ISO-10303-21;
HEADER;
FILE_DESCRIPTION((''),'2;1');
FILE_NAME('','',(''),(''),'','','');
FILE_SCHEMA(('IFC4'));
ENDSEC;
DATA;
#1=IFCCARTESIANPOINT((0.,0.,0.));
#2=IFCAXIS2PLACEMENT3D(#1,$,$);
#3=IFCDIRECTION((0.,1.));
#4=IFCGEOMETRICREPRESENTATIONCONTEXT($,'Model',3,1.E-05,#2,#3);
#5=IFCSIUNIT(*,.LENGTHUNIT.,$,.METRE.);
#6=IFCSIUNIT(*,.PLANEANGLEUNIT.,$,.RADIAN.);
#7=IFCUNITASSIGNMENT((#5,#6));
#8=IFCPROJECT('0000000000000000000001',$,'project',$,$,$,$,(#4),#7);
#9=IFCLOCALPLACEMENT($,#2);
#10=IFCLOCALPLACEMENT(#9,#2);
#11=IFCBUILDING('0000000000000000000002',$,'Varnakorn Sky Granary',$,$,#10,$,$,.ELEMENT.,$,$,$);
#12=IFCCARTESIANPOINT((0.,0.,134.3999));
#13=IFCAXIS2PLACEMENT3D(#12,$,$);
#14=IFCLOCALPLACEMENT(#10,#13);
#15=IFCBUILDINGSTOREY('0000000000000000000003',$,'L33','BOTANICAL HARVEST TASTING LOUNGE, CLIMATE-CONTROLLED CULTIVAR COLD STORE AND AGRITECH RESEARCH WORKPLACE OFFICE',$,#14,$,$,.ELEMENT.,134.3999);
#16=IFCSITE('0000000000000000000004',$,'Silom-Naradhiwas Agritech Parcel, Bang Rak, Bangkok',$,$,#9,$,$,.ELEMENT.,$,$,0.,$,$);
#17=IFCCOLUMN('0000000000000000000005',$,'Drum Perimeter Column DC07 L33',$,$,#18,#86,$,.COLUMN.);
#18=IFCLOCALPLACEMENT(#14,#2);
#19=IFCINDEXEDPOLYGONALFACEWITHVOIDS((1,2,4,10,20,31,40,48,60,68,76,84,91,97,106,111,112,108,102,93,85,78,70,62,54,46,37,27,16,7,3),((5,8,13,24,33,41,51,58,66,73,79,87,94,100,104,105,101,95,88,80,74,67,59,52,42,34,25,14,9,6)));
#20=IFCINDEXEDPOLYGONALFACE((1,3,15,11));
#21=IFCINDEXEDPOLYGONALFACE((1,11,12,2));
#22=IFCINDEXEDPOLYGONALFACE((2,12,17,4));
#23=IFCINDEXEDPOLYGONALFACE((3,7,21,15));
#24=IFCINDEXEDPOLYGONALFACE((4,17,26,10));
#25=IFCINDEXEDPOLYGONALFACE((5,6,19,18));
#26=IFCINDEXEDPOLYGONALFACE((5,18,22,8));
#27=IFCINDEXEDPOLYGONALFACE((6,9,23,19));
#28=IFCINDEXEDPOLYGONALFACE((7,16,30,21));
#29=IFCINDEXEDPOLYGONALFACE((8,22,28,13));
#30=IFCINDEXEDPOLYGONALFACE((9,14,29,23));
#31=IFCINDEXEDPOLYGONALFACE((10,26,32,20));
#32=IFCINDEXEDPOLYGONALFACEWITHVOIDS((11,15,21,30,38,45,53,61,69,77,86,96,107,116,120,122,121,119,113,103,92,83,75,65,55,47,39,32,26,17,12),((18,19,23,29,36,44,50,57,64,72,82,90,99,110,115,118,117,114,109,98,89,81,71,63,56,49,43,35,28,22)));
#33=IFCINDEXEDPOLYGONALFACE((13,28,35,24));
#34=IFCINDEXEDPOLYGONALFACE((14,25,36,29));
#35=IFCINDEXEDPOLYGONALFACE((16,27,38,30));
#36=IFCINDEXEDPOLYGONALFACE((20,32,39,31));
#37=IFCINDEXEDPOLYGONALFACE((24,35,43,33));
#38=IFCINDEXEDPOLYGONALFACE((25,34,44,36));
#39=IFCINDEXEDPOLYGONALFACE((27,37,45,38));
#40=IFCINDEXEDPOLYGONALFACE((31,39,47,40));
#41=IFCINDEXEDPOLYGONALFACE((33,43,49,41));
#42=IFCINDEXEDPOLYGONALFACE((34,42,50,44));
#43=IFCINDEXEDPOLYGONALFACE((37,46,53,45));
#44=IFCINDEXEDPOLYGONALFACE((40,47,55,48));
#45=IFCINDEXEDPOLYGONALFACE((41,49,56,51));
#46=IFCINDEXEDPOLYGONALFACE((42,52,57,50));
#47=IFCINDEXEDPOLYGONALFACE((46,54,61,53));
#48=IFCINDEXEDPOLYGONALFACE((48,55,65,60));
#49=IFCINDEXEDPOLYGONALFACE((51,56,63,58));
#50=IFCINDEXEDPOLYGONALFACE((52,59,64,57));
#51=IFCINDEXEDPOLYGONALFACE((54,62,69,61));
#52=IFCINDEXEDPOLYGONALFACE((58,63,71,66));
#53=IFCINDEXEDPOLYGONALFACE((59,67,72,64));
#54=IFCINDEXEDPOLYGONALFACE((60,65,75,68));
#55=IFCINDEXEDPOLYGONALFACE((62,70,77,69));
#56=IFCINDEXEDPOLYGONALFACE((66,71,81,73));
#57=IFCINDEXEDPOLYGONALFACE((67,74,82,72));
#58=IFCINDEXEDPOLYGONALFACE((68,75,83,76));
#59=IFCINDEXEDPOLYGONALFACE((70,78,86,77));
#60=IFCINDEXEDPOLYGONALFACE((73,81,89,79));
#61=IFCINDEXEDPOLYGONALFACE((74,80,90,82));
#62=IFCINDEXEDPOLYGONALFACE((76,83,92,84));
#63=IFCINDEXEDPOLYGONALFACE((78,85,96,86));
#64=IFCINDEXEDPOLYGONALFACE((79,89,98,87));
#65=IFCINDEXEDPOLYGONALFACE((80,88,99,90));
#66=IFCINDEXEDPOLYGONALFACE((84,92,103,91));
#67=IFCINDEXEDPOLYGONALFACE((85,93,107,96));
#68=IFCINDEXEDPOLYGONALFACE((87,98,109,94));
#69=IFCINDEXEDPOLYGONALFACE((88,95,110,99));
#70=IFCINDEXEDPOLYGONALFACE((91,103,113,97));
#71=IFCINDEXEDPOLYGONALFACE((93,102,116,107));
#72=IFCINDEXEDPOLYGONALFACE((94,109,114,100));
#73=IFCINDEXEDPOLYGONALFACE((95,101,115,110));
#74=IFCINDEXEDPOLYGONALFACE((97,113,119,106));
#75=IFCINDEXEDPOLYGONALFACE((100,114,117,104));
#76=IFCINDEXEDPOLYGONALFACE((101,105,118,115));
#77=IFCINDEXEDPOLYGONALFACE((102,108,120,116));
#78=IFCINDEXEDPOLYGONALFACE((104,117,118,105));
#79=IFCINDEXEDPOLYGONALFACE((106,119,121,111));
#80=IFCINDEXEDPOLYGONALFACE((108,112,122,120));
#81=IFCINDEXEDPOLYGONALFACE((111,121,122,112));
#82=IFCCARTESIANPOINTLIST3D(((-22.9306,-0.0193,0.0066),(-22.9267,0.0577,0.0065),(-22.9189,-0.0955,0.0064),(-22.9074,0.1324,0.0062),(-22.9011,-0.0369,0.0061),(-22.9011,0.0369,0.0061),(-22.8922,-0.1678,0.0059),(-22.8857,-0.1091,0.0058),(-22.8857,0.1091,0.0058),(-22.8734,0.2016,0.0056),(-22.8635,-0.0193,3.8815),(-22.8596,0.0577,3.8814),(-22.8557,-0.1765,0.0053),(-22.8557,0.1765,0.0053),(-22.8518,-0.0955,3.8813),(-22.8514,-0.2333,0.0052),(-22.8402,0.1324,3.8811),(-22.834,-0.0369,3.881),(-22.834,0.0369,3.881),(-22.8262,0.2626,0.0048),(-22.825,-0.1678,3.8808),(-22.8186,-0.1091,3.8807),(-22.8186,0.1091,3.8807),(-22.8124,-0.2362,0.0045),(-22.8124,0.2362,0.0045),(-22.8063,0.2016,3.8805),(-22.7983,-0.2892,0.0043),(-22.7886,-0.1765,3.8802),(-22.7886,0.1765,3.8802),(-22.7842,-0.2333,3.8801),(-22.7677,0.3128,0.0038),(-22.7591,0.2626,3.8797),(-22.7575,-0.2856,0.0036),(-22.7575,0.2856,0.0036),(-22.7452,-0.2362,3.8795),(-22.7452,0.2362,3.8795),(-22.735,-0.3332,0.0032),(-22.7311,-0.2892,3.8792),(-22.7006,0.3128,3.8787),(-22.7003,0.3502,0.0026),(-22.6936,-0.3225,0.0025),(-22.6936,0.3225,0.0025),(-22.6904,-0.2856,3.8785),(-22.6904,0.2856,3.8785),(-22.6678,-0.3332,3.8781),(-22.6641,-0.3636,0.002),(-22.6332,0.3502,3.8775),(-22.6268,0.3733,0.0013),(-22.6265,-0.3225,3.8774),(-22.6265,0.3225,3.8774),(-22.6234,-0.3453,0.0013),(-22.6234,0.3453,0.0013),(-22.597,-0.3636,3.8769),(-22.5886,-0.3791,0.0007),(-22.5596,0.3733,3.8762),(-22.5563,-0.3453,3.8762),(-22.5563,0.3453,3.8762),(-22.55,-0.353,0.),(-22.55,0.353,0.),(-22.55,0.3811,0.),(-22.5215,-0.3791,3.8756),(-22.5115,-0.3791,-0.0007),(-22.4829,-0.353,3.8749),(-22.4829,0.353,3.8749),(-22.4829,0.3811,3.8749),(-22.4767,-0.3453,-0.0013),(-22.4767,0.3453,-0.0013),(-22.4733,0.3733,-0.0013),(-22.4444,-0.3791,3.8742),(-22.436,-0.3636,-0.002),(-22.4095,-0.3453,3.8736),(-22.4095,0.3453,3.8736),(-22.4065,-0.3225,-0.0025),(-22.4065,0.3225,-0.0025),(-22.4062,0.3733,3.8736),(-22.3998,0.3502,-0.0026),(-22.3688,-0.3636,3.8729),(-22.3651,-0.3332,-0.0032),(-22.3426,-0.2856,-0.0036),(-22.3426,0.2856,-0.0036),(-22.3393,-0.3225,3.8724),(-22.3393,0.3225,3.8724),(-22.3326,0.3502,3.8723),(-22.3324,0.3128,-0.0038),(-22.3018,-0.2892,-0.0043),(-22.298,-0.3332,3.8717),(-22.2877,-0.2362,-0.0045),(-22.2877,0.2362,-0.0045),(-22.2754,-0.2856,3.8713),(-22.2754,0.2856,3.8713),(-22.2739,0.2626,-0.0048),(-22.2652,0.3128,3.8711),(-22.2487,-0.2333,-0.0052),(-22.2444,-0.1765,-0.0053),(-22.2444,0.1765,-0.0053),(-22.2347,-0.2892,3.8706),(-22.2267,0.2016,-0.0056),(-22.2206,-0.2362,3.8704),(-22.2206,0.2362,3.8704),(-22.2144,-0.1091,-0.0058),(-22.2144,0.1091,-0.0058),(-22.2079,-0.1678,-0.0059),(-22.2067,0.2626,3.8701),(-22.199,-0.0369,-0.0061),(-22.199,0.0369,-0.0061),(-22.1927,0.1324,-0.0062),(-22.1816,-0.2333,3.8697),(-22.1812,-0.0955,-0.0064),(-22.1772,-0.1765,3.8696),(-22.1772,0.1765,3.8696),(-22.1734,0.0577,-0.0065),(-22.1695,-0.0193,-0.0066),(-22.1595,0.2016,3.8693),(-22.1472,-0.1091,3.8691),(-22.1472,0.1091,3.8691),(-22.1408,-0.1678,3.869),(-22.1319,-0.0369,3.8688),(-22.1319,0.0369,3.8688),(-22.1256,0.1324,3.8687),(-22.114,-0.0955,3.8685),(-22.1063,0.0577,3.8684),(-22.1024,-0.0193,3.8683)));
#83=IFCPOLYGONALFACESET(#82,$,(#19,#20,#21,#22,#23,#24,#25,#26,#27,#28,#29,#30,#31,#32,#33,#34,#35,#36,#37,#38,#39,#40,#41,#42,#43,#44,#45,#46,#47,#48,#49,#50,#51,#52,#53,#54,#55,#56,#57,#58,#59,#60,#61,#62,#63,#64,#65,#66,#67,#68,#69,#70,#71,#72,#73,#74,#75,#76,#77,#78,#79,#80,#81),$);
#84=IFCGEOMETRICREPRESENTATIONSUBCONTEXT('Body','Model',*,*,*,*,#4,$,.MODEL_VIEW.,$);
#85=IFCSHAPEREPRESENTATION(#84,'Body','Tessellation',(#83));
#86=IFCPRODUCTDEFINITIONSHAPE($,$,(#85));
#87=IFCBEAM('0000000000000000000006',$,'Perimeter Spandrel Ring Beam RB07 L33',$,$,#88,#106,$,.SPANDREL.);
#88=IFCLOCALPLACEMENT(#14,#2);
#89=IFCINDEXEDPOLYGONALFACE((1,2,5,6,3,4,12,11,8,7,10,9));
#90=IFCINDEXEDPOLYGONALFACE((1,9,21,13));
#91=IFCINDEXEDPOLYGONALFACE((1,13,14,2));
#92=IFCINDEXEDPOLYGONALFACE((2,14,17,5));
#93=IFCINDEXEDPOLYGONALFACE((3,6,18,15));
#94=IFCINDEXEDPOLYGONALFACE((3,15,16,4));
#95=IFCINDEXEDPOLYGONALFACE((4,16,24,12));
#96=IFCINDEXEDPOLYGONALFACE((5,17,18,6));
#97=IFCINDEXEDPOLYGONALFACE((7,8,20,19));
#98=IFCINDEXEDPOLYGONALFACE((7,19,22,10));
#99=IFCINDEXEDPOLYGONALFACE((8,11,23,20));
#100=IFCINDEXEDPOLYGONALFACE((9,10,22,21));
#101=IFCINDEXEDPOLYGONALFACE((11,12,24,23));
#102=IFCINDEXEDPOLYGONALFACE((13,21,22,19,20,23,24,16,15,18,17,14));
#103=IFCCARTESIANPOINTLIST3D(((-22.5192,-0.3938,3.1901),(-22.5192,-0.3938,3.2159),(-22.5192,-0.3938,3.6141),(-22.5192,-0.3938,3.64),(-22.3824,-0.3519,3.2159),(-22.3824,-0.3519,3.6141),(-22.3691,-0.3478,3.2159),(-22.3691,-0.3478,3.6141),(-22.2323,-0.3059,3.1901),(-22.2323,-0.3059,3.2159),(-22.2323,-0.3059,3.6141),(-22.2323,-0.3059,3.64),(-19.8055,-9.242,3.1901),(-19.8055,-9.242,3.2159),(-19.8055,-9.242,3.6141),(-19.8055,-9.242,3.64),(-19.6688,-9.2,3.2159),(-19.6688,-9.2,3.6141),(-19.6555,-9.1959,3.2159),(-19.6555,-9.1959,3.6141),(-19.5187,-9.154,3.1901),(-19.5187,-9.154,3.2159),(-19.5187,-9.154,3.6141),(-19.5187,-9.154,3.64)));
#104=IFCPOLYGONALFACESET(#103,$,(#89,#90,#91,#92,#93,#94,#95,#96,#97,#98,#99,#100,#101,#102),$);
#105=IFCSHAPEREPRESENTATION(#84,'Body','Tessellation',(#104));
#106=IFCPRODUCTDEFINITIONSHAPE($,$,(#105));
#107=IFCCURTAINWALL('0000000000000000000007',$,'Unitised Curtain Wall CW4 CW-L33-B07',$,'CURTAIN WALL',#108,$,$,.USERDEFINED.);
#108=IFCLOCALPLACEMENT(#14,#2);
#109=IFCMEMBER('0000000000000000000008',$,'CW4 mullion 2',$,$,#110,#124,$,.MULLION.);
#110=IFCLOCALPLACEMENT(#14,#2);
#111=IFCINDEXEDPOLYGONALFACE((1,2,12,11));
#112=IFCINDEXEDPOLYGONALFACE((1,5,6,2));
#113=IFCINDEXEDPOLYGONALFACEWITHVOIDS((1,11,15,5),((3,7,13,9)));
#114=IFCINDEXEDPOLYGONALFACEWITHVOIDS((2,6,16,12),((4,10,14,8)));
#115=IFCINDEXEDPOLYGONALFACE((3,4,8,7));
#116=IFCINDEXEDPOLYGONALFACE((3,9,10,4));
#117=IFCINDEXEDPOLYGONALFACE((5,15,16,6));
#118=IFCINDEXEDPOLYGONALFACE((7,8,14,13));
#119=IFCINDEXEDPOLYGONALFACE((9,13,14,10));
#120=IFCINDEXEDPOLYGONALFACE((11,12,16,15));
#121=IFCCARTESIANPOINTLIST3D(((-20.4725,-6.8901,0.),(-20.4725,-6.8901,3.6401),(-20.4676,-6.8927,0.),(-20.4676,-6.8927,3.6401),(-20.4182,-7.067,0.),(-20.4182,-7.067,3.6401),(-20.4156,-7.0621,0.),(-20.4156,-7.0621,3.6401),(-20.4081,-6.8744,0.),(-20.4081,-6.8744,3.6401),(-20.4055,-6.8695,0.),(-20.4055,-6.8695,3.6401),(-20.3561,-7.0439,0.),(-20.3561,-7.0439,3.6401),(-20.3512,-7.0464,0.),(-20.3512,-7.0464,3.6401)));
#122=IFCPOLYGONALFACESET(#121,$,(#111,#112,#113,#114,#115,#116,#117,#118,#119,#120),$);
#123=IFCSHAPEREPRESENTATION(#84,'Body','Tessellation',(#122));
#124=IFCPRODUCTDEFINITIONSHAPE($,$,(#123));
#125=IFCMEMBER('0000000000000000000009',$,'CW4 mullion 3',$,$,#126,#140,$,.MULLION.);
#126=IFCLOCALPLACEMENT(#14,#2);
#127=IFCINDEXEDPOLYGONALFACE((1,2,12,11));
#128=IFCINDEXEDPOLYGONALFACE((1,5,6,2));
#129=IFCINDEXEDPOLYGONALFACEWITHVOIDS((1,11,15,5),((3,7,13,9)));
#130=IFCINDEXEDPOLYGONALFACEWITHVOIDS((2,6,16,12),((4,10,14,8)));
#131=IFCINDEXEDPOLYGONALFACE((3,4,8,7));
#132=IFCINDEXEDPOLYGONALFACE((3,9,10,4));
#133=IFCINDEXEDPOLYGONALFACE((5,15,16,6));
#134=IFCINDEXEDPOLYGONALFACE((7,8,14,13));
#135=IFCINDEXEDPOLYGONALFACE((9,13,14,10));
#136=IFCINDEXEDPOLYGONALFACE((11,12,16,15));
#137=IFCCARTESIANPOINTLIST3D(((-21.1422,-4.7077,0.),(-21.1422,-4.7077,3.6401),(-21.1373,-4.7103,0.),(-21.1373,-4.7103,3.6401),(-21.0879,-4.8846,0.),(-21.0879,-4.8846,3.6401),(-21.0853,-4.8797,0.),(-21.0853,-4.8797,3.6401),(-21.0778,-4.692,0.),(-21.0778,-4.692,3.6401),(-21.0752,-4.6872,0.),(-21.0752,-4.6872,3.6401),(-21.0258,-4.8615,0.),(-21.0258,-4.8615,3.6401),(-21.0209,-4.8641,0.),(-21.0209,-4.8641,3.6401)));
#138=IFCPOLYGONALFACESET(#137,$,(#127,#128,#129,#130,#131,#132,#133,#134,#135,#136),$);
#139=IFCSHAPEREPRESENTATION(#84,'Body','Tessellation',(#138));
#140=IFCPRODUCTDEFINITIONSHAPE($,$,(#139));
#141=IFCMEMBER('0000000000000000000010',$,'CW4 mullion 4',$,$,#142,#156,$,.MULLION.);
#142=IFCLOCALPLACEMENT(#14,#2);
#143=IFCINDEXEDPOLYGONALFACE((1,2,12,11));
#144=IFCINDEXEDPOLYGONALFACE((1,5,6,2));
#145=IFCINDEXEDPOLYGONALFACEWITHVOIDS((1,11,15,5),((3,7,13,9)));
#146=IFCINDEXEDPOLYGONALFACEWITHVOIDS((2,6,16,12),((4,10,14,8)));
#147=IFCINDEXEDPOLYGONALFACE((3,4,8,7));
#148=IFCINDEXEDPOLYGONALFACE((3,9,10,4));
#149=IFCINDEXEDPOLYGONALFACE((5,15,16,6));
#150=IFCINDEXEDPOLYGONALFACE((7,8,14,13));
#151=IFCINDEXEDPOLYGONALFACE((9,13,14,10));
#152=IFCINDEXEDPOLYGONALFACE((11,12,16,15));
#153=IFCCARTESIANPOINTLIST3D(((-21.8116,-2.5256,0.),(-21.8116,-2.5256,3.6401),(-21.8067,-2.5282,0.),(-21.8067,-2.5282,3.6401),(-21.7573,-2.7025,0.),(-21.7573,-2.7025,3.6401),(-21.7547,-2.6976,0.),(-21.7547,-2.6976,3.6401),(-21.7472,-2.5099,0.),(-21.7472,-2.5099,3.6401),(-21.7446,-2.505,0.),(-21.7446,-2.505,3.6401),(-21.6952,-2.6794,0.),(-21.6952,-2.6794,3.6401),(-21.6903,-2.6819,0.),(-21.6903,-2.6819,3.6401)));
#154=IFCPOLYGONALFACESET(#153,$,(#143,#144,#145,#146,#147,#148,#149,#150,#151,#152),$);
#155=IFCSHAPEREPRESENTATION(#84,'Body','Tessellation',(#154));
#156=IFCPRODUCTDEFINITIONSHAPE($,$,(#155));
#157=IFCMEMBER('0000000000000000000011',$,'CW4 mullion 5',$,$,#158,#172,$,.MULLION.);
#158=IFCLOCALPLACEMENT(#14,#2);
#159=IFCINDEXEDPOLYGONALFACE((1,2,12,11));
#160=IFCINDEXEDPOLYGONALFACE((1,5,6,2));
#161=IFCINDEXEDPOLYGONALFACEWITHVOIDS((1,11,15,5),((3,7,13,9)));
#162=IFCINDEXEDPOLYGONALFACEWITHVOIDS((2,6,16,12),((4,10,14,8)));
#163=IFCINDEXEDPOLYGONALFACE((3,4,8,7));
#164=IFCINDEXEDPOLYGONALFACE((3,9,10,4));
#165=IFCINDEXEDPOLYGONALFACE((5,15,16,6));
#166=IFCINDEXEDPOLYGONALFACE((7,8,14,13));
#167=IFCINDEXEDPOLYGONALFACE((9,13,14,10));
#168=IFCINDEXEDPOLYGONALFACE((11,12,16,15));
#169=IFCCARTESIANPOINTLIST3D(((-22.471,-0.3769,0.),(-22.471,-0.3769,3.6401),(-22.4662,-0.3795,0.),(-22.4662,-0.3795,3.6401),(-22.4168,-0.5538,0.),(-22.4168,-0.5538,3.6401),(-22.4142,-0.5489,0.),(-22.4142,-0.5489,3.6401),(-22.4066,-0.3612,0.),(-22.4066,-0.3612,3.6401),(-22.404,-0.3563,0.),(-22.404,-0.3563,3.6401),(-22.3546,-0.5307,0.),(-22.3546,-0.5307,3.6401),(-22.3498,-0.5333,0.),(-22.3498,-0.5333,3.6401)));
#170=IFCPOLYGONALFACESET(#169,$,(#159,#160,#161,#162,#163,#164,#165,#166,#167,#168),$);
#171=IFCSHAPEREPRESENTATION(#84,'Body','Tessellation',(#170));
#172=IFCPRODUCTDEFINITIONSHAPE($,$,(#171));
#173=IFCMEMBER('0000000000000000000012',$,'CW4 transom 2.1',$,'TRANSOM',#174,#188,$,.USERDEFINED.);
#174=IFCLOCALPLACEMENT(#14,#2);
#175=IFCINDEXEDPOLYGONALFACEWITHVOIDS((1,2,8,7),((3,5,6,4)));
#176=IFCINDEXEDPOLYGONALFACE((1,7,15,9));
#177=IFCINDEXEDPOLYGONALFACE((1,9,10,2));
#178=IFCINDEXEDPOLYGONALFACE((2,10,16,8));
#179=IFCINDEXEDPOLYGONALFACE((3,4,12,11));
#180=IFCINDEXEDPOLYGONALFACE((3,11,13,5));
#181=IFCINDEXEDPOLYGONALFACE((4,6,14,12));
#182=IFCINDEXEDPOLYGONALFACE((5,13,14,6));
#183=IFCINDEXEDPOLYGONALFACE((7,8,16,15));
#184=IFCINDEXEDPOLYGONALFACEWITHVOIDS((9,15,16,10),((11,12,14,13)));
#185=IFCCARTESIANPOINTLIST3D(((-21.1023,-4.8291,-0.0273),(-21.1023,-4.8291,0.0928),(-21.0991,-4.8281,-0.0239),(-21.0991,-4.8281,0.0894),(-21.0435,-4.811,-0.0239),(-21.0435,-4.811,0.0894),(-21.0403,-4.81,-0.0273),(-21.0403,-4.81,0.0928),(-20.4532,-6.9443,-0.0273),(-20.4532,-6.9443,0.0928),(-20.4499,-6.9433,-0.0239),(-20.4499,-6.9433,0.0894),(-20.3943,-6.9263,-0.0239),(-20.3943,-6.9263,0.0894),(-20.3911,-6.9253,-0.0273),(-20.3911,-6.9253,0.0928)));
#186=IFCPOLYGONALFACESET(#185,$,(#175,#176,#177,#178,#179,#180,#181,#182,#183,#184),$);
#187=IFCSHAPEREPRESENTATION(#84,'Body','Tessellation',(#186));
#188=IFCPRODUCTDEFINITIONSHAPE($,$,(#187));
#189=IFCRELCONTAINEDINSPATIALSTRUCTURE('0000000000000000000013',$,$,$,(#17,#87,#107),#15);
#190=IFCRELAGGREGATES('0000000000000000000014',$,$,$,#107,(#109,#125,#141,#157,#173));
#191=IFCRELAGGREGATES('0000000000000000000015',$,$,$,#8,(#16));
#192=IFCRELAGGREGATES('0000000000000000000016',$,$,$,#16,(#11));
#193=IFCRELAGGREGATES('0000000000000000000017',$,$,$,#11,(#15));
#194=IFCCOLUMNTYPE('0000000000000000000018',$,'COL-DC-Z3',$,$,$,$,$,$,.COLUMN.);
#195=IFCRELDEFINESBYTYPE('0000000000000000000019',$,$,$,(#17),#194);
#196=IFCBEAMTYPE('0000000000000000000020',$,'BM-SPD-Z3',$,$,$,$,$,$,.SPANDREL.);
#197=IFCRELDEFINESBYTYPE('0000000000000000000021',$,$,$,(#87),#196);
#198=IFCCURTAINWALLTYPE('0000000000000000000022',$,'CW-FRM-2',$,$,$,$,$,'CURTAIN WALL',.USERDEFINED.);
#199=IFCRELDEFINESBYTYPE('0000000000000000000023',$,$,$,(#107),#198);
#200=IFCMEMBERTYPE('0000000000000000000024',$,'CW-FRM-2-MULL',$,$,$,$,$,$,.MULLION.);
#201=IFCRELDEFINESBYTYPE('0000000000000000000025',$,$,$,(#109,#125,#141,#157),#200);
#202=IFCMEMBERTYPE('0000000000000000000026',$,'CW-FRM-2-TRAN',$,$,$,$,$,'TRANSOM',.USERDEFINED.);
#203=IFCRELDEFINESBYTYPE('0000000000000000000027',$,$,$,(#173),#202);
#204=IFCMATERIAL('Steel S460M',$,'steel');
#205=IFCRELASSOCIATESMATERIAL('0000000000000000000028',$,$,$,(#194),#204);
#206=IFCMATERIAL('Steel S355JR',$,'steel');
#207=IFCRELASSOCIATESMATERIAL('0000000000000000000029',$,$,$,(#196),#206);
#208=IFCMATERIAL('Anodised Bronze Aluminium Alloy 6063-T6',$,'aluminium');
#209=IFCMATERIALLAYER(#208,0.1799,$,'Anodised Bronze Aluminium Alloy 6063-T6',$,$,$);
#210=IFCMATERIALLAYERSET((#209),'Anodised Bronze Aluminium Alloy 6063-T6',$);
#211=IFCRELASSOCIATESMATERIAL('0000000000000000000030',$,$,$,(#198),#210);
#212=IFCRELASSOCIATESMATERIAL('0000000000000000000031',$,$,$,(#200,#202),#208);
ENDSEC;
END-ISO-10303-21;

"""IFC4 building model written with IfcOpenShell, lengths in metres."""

from ifc_helpers import new_model, si_unit, direction, frame, origin, origin_2d, place, context, subcontext, project, spatial, hollow_rectangle, hollow_circle, i_section, extrude, material, layer, layer_set, material_profile, profile_set, type_object, element, aggregate, save


model = new_model("IFC4")

# Units and contexts
model_context = context("Model", 3, precision=1e-05, world=origin(), true_north=direction((0.0, 1.0)))
body_context = subcontext(model_context, "Body", "Model", "MODEL_VIEW")
ifc_project = project(units=[si_unit("LENGTHUNIT", "METRE"), si_unit("PLANEANGLEUNIT", "RADIAN")], contexts=[model_context])

# Site, building, storey
site_placement = place(None, origin())
site = spatial("IfcSite", under=ifc_project, at=site_placement, Name="Silom-Naradhiwas Agritech Parcel, Bang Rak, Bangkok", CompositionType="ELEMENT", RefElevation=0.0)
building_placement = place(site_placement, origin())
building = spatial("IfcBuilding", under=site, at=building_placement, Name="Varnakorn Sky Granary", CompositionType="ELEMENT")
storey_placement = place(building_placement, frame((0.0, 0.0, 134.3999)))
storey = spatial("IfcBuildingStorey", under=building, at=storey_placement, Name="L33", Description="BOTANICAL HARVEST TASTING LOUNGE, CLIMATE-CONTROLLED CULTIVAR COLD STORE AND AGRITECH RESEARCH WORKPLACE OFFICE", CompositionType="ELEMENT", Elevation=134.3999)

# Column
ifc_material_1 = material(Name="Steel S460M", Category="steel")
ifc_material_profile_1 = material_profile(ifc_material_1, hollow_circle(Radius=0.3811, WallThickness=0.0281, at=origin_2d()), Name="CHS 762x28")
ifc_profile_set_1 = profile_set([ifc_material_profile_1], Name="Steel S460M")
column_type = type_object("IfcColumnType", Name="COL-DC-Z3", PredefinedType="COLUMN", material=ifc_profile_set_1)
column_placement = place(storey_placement, frame((-22.55, 0.0, 0.0), z_axis=(0.017324, 0.0, 0.99985), x_axis=(0.0, 1.0, 0.0)))
element("IfcColumn", 1, at=column_placement, inside=storey, type_object=column_type, Name="Drum Perimeter Column DC07 L33", PredefinedType="COLUMN", context=body_context, shape_type="SweptSolid", body=[
    extrude(hollow_circle(Radius=0.3811, WallThickness=0.0281, at=origin_2d()), origin(), (0.0, 0.0, 1.0), 3.8755),
])

# Beam
ifc_material_2 = material(Name="Steel S355JR", Category="steel")
ifc_material_profile_2 = material_profile(ifc_material_2, i_section(OverallWidth=0.3, OverallDepth=0.45, WebThickness=0.0139, FlangeThickness=0.0259, at=origin_2d()), Name="HE 450 B")
ifc_profile_set_2 = profile_set([ifc_material_profile_2], Name="Steel S355JR")
beam_type = type_object("IfcBeamType", Name="BM-SPD-Z3", PredefinedType="SPANDREL", material=ifc_profile_set_2)
beam_placement = place(storey_placement, frame((-22.3757, -0.3499, 3.415), z_axis=(0.293209, -0.956048, 0.0), x_axis=(0.956048, 0.293209, 0.0)))
element("IfcBeam", 2, at=beam_placement, inside=storey, type_object=beam_type, Name="Perimeter Spandrel Ring Beam RB07 L33", PredefinedType="SPANDREL", context=body_context, shape_type="SweptSolid", body=[
    extrude(i_section(OverallWidth=0.3, OverallDepth=0.45, WebThickness=0.0139, FlangeThickness=0.0259, at=origin_2d()), origin(), (0.0, 0.0, 1.0), 9.2549),
])

# Curtain wall, members
ifc_material_3 = material(Name="Anodised Bronze Aluminium Alloy 6063-T6", Category="aluminium")
ifc_layer_1 = layer(ifc_material_3, 0.1799, Name="Anodised Bronze Aluminium Alloy 6063-T6")
ifc_layer_set_1 = layer_set([ifc_layer_1], Name="Anodised Bronze Aluminium Alloy 6063-T6")
curtain_wall_type = type_object("IfcCurtainWallType", Name="CW-FRM-2", ElementType="CURTAIN WALL", PredefinedType="USERDEFINED", material=ifc_layer_set_1)
curtain_wall_placement = place(storey_placement, origin())
curtain_wall = element("IfcCurtainWall", 3, at=curtain_wall_placement, inside=storey, type_object=curtain_wall_type, Name="Unitised Curtain Wall CW4 CW-L33-B07", ObjectType="CURTAIN WALL", PredefinedType="USERDEFINED")
ifc_material_profile_3 = material_profile(ifc_material_3, hollow_rectangle(XDim=0.0701, YDim=0.1851, WallThickness=0.0039, at=origin_2d()), Name="ALU MULL 70x185")
ifc_profile_set_3 = profile_set([ifc_material_profile_3], Name="Anodised Bronze Aluminium Alloy 6063-T6")
member_type_1 = type_object("IfcMemberType", Name="CW-FRM-2-MULL", PredefinedType="MULLION", material=ifc_profile_set_3)
member_1_placement = place(storey_placement, frame((-20.4119, -6.9683, 0.0), z_axis=(0.0, 0.0, 1.0), x_axis=(-0.956009, -0.293337, 0.0)))
member_1 = element("IfcMember", 4, at=member_1_placement, type_object=member_type_1, Name="CW4 mullion 2", PredefinedType="MULLION", context=body_context, shape_type="SweptSolid", body=[
    extrude(hollow_rectangle(XDim=0.0701, YDim=0.1851, WallThickness=0.0039, at=origin_2d()), origin(), (0.0, 0.0, 1.0), 3.6401),
])
member_2_placement = place(storey_placement, frame((-21.0815, -4.7859, 0.0), z_axis=(0.0, 0.0, 1.0), x_axis=(-0.956009, -0.293337, 0.0)))
member_2 = element("IfcMember", 5, at=member_2_placement, type_object=member_type_1, Name="CW4 mullion 3", PredefinedType="MULLION", context=body_context, shape_type="SweptSolid", body=[
    extrude(hollow_rectangle(XDim=0.0701, YDim=0.1851, WallThickness=0.0039, at=origin_2d()), origin(), (0.0, 0.0, 1.0), 3.6401),
])
member_3_placement = place(storey_placement, frame((-21.751, -2.6038, 0.0), z_axis=(0.0, 0.0, 1.0), x_axis=(-0.956009, -0.293337, 0.0)))
member_3 = element("IfcMember", 6, at=member_3_placement, type_object=member_type_1, Name="CW4 mullion 4", PredefinedType="MULLION", context=body_context, shape_type="SweptSolid", body=[
    extrude(hollow_rectangle(XDim=0.0701, YDim=0.1851, WallThickness=0.0039, at=origin_2d()), origin(), (0.0, 0.0, 1.0), 3.6401),
])
member_4_placement = place(storey_placement, frame((-22.4104, -0.4551, 0.0), z_axis=(0.0, 0.0, 1.0), x_axis=(-0.956009, -0.293337, 0.0)))
member_4 = element("IfcMember", 7, at=member_4_placement, type_object=member_type_1, Name="CW4 mullion 5", PredefinedType="MULLION", context=body_context, shape_type="SweptSolid", body=[
    extrude(hollow_rectangle(XDim=0.0701, YDim=0.1851, WallThickness=0.0039, at=origin_2d()), origin(), (0.0, 0.0, 1.0), 3.6401),
])
ifc_material_profile_4 = material_profile(ifc_material_3, hollow_rectangle(XDim=0.0649, YDim=0.1201, WallThickness=0.0034, at=origin_2d()), Name="ALU TRAN 65x120")
ifc_profile_set_4 = profile_set([ifc_material_profile_4], Name="Anodised Bronze Aluminium Alloy 6063-T6")
member_type_2 = type_object("IfcMemberType", Name="CW-FRM-2-TRAN", ElementType="TRANSOM", PredefinedType="USERDEFINED", material=ifc_profile_set_4)
member_5_placement = place(storey_placement, frame((-20.4221, -6.9348, 0.0327), z_axis=(-0.293396, 0.955991, 0.0), x_axis=(-0.955991, -0.293396, 0.0)))
member_5 = element("IfcMember", 8, at=member_5_placement, type_object=member_type_2, Name="CW4 transom 2.1", ObjectType="TRANSOM", PredefinedType="USERDEFINED", context=body_context, shape_type="SweptSolid", body=[
    extrude(hollow_rectangle(XDim=0.0649, YDim=0.1201, WallThickness=0.0034, at=origin_2d()), origin(), (0.0, 0.0, 1.0), 2.2126),
])

aggregate(curtain_wall, [member_1, member_2, member_3, member_4, member_5])

save(model, "model.ifc")
